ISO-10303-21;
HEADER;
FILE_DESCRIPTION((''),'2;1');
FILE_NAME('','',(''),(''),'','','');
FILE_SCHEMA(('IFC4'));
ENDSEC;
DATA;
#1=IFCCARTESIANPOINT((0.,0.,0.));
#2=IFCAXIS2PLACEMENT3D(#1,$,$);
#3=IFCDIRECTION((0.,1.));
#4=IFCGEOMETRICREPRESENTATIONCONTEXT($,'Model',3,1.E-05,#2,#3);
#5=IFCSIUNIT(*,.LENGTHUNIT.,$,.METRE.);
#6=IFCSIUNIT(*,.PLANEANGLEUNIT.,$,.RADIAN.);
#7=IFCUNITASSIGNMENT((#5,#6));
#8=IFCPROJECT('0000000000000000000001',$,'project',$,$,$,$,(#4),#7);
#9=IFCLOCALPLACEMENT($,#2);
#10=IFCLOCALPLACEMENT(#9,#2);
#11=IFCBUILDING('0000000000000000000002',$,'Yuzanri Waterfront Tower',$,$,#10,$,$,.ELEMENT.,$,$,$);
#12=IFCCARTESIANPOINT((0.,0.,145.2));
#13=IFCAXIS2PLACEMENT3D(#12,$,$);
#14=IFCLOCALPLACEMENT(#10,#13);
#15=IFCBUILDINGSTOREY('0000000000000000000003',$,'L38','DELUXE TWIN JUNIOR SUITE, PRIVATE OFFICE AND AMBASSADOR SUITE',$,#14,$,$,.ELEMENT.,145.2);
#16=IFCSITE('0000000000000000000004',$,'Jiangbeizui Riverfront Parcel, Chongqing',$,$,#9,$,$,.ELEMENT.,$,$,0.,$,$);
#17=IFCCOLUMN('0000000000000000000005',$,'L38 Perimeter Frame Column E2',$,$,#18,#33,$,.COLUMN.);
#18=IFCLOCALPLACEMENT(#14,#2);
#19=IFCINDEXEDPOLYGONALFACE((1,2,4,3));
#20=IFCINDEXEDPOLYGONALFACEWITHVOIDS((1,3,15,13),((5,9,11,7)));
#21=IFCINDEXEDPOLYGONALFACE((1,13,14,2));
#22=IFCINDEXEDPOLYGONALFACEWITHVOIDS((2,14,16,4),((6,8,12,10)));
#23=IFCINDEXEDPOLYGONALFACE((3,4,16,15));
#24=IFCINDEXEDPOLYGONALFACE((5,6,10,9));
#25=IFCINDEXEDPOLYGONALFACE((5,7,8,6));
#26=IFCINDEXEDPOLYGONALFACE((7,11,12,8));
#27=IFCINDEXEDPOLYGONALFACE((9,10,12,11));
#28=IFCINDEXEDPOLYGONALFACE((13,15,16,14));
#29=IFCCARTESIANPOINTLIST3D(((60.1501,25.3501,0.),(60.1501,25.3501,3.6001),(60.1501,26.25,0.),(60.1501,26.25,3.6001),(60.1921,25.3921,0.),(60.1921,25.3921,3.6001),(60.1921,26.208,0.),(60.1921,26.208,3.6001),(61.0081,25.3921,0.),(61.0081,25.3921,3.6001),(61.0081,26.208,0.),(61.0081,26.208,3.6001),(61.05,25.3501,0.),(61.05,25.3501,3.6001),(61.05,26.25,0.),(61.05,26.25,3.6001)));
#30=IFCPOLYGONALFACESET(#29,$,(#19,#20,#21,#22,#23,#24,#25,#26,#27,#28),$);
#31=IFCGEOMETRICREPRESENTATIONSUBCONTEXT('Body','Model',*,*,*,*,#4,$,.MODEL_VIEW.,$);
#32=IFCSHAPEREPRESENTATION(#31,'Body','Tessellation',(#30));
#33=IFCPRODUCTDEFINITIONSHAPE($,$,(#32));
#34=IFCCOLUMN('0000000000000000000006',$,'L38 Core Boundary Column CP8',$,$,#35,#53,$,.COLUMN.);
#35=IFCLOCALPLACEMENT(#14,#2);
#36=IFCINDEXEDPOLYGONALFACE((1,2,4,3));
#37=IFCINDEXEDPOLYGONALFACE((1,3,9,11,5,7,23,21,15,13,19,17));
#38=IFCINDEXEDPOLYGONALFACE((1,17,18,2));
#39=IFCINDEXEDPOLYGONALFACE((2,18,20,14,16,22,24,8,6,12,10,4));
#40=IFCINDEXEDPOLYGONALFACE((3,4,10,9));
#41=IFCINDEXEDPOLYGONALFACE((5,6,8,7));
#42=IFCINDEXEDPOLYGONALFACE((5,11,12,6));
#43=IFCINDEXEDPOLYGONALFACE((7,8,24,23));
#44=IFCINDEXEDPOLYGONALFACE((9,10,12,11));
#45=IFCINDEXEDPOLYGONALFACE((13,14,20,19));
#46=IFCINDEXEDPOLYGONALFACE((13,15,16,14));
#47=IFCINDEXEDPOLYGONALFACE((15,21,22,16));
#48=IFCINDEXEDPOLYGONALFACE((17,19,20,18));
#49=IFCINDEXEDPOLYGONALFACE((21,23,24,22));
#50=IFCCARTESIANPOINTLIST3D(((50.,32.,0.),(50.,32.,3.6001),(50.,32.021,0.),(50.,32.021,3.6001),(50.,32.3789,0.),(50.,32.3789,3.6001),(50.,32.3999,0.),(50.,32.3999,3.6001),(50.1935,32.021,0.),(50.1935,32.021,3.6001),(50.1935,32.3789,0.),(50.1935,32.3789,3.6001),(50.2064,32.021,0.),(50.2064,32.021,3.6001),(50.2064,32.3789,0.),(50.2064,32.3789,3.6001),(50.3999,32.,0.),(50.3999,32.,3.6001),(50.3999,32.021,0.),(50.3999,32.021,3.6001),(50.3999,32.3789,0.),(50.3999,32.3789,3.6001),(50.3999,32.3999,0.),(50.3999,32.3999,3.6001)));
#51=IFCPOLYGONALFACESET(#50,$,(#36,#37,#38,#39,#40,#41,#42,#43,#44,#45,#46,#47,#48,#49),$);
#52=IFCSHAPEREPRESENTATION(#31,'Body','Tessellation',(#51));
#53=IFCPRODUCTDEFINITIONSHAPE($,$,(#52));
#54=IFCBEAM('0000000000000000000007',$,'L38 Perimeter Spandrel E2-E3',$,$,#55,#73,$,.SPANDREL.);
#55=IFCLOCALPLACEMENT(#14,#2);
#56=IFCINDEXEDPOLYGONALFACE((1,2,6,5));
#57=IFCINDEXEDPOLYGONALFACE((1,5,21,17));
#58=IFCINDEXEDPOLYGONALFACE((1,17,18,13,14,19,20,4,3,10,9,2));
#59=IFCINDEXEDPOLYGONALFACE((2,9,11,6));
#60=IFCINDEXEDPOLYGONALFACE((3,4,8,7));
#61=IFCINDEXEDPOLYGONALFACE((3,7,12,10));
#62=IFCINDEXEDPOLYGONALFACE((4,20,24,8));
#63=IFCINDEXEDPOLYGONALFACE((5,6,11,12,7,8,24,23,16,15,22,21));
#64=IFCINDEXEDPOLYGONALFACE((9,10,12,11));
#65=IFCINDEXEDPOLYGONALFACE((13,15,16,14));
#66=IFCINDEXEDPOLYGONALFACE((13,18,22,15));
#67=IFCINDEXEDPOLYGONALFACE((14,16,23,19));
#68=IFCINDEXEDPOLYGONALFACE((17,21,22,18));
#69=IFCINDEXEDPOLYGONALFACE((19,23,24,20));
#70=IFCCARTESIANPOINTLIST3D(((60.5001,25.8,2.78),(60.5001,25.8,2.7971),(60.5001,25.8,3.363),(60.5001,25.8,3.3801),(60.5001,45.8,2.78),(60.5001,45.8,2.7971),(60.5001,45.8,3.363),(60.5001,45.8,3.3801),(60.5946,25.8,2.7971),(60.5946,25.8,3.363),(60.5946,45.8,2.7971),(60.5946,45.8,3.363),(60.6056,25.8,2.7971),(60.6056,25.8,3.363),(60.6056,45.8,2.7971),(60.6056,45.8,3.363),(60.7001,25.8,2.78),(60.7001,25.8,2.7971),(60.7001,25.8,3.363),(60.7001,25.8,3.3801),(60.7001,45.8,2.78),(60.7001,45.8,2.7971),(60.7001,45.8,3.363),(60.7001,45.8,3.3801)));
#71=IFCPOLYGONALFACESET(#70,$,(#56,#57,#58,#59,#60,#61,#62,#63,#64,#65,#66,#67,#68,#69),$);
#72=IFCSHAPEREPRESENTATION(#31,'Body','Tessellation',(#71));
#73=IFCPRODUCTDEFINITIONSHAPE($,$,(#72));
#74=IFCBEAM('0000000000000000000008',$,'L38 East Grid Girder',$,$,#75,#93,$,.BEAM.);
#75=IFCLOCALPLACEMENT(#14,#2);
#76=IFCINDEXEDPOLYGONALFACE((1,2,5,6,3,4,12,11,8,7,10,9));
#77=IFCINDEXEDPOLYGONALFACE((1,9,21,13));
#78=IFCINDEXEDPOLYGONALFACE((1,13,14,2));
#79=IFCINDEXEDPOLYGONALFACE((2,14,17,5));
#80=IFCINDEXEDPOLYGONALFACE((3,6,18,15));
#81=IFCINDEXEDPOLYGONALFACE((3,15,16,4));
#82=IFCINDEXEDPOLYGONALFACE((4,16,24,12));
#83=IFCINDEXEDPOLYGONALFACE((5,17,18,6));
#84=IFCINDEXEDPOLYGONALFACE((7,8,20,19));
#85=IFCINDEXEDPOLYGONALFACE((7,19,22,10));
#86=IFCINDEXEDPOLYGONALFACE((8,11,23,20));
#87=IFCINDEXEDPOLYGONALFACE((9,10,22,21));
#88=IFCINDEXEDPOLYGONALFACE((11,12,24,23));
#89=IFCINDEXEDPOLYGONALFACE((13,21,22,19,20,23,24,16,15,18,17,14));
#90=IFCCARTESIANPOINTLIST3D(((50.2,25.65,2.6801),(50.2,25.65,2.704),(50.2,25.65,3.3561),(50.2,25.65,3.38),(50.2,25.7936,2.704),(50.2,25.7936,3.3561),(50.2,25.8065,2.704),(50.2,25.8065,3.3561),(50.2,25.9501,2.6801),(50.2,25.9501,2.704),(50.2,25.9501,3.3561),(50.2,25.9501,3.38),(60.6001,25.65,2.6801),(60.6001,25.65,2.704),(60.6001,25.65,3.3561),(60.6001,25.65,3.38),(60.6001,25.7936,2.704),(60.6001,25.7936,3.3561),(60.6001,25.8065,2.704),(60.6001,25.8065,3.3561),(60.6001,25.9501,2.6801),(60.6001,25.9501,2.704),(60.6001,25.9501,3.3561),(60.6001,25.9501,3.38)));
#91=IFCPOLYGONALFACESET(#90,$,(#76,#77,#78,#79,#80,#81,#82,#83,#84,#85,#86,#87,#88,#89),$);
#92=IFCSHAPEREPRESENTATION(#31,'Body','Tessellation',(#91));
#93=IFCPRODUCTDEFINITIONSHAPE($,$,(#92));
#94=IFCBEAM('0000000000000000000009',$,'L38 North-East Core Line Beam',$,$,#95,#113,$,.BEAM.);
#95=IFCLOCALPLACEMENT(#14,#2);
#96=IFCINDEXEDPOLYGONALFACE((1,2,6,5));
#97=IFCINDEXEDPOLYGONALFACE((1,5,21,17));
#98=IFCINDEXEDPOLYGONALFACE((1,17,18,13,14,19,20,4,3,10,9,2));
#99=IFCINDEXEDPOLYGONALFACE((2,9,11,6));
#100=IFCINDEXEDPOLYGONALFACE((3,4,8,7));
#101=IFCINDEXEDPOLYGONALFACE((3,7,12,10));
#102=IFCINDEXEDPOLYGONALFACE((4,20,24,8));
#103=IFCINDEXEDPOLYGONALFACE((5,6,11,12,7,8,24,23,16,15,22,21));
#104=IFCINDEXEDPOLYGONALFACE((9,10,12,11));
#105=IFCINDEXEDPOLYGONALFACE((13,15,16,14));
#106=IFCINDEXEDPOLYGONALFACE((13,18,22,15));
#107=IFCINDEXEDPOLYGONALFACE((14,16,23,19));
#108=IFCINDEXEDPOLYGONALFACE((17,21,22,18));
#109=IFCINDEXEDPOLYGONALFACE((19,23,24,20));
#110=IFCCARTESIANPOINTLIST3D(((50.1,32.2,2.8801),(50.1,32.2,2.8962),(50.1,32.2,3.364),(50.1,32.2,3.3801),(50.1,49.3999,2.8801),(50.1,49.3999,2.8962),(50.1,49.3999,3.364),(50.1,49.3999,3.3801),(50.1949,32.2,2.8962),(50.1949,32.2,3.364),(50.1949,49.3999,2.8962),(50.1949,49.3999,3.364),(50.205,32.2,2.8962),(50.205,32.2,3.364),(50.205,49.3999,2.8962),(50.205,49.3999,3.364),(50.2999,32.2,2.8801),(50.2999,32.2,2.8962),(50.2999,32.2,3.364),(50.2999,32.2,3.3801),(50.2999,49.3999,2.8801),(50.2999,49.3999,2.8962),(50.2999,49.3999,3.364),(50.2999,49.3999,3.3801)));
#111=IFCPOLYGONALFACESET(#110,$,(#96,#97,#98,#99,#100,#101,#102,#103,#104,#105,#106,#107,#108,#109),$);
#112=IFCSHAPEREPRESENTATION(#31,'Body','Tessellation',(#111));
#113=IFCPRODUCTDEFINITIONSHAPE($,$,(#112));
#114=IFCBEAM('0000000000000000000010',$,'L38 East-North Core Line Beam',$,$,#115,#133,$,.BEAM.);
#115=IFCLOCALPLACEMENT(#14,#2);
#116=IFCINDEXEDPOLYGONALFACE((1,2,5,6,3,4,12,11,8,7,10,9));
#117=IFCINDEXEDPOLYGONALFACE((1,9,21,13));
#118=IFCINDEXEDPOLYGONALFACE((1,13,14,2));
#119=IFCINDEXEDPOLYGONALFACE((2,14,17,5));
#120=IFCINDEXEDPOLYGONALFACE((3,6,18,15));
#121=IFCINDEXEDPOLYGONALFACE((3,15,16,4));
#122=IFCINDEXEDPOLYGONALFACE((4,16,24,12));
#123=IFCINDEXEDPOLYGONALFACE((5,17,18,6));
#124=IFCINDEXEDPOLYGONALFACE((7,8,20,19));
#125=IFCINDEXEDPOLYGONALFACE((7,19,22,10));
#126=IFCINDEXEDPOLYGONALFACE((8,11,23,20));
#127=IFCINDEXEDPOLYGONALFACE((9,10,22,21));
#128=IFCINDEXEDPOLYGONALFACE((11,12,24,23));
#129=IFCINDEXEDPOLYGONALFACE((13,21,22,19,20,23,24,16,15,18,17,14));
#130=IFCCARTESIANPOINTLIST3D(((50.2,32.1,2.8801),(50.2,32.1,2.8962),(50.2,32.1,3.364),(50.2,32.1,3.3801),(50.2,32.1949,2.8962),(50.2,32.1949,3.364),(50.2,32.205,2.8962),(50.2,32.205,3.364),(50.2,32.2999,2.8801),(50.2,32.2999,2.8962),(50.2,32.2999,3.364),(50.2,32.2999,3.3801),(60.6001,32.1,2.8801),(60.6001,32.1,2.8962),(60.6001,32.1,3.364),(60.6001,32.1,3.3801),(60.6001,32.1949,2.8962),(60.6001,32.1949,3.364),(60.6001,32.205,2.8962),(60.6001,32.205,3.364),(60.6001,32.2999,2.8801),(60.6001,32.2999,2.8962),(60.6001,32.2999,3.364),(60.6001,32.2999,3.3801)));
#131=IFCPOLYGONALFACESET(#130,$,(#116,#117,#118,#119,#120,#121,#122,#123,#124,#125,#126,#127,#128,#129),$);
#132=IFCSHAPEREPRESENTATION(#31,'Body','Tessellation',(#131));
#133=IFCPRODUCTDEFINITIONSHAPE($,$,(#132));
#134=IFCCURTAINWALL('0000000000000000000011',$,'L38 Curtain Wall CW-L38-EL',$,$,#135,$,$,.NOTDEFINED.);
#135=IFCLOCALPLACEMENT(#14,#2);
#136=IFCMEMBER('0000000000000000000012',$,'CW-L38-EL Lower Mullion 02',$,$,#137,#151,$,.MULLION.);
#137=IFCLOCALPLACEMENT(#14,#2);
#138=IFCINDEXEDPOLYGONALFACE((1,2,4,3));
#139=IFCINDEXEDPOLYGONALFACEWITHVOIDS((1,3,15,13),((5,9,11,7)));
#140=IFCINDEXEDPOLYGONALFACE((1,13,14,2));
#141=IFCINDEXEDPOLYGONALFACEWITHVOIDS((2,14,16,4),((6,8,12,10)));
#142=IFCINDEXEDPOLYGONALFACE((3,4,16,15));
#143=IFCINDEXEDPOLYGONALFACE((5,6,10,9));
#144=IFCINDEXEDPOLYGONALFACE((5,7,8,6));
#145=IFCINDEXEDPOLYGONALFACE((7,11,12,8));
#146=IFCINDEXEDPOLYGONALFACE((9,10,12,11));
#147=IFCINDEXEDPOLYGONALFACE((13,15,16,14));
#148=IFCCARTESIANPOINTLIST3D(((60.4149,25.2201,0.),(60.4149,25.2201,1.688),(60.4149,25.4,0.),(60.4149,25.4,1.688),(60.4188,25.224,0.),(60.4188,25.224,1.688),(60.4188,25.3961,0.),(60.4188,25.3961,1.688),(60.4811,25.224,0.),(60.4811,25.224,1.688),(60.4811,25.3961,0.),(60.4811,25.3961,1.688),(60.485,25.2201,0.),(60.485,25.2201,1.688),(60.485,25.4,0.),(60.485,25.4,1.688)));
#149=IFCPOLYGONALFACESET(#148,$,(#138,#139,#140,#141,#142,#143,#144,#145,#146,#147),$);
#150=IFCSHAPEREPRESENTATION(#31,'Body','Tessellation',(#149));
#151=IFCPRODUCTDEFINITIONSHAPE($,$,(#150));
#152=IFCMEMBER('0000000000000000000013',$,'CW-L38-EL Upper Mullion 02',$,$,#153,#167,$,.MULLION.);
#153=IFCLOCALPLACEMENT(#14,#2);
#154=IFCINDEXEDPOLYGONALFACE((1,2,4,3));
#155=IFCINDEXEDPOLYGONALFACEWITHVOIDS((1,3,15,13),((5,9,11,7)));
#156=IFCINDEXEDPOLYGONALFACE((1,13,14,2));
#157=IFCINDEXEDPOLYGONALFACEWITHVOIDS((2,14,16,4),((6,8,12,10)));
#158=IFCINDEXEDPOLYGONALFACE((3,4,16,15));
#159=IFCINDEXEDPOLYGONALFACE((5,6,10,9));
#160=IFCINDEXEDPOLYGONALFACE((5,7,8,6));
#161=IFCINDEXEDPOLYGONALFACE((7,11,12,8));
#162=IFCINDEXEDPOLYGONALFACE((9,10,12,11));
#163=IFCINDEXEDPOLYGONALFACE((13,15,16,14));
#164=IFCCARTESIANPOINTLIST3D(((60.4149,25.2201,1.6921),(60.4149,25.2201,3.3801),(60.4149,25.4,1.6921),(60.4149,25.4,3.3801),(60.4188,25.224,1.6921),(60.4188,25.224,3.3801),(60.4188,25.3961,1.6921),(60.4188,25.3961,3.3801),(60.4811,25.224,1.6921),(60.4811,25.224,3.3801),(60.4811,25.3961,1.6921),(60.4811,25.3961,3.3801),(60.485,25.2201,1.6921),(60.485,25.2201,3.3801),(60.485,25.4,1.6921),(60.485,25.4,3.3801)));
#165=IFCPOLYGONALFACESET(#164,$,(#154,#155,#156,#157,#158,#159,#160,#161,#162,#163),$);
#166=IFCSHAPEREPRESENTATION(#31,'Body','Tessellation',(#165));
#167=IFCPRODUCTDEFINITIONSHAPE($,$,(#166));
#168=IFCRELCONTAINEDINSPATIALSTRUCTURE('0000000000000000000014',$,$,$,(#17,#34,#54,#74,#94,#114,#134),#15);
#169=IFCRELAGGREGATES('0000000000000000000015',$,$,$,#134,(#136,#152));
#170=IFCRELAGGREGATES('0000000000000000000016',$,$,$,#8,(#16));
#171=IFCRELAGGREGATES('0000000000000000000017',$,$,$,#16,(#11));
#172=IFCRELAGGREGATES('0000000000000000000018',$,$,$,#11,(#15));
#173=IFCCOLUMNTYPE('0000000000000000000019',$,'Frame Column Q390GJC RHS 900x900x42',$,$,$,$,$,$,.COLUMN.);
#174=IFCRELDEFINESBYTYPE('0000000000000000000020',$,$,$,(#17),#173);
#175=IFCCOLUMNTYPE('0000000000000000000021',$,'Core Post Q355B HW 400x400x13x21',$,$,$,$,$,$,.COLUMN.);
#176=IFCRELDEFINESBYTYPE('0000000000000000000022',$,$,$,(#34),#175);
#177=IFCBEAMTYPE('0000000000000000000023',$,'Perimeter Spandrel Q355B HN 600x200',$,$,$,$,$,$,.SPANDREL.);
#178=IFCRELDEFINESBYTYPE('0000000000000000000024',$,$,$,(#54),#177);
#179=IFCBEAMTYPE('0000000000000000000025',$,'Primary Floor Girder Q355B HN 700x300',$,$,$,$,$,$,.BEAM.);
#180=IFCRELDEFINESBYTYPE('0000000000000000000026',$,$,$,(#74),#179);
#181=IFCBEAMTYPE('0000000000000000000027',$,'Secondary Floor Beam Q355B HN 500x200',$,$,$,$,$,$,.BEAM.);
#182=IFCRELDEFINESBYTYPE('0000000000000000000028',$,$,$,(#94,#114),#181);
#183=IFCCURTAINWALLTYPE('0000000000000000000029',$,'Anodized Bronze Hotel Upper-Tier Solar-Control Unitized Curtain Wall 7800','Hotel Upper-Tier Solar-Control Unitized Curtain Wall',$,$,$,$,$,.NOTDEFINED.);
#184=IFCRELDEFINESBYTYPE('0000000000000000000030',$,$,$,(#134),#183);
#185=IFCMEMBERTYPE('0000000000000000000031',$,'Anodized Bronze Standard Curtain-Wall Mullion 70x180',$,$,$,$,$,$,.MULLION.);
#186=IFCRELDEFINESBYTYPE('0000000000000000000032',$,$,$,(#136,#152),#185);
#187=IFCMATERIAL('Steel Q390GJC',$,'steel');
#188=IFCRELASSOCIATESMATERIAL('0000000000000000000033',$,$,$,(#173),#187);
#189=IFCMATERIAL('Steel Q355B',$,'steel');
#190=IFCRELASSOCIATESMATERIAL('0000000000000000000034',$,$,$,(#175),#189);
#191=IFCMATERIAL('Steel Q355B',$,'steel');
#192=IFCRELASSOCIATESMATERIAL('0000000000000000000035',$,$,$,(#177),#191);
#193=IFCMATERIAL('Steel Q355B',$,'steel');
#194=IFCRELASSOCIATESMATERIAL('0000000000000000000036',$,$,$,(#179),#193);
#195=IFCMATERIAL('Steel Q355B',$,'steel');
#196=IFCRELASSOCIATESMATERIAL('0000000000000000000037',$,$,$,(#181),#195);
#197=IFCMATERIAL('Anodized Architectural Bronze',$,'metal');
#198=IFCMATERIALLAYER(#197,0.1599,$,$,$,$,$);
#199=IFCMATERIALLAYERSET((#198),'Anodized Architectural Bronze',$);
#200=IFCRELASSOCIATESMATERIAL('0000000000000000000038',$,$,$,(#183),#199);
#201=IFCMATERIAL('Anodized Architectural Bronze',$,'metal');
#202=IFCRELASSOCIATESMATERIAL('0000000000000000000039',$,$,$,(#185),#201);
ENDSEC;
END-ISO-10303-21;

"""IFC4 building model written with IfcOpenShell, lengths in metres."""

from ifc_helpers import new_model, si_unit, direction, frame, origin, origin_2d, place, context, subcontext, project, spatial, hollow_rectangle, i_section, extrude, source, transform, mapped, material, layer, layer_set, material_profile, profile_set, type_object, element, aggregate, save


model = new_model("IFC4")

# Units and contexts
model_context = context("Model", 3, precision=1e-05, world=origin(), true_north=direction((0.0, 1.0)))
body_context = subcontext(model_context, "Body", "Model", "MODEL_VIEW")
ifc_project = project(units=[si_unit("LENGTHUNIT", "METRE"), si_unit("PLANEANGLEUNIT", "RADIAN")], contexts=[model_context])

# Site, building, storey
site_placement = place(None, origin())
site = spatial("IfcSite", under=ifc_project, at=site_placement, Name="Jiangbeizui Riverfront Parcel, Chongqing", CompositionType="ELEMENT", RefElevation=0.0)
building_placement = place(site_placement, origin())
building = spatial("IfcBuilding", under=site, at=building_placement, Name="Yuzanri Waterfront Tower", CompositionType="ELEMENT")
storey_placement = place(building_placement, frame((0.0, 0.0, 145.2)))
storey = spatial("IfcBuildingStorey", under=building, at=storey_placement, Name="L38", Description="DELUXE TWIN JUNIOR SUITE, PRIVATE OFFICE AND AMBASSADOR SUITE", CompositionType="ELEMENT", Elevation=145.2)

# Columns
ifc_material_1 = material(Name="Steel Q390GJC", Category="steel")
ifc_material_profile_1 = material_profile(ifc_material_1, hollow_rectangle(XDim=0.8999, YDim=0.8999, WallThickness=0.042, at=origin_2d()), Name="RHS 900x900x42")
ifc_profile_set_1 = profile_set([ifc_material_profile_1], Name="Steel Q390GJC")
column_type_1 = type_object("IfcColumnType", Name="Frame Column Q390GJC RHS 900x900x42", PredefinedType="COLUMN", material=ifc_profile_set_1)
shared_shape_1 = source(origin(), body_context, "Body", "SweptSolid", [
    extrude(hollow_rectangle(XDim=0.8999, YDim=0.8999, WallThickness=0.042, at=origin_2d()), origin(), (0.0, 0.0, 1.0), 3.6001),
])
column_1_placement = place(storey_placement, frame((60.6001, 25.8, 0.0), z_axis=(0.0, 0.0, 1.0), x_axis=(1.0, 0.0, 0.0)))
element("IfcColumn", 1, at=column_1_placement, inside=storey, type_object=column_type_1, Name="L38 Perimeter Frame Column E2", PredefinedType="COLUMN", context=body_context, shape_type="MappedRepresentation", body=[
    mapped(shared_shape_1, transform((0.0, 0.0, 0.0), scale=1.0)),
])
ifc_material_2 = material(Name="Steel Q355B", Category="steel")
ifc_material_profile_2 = material_profile(ifc_material_2, i_section(OverallWidth=0.3999, OverallDepth=0.3999, WebThickness=0.0129, FlangeThickness=0.021, at=origin_2d()), Name="HW 400x400x13x21")
ifc_profile_set_2 = profile_set([ifc_material_profile_2], Name="Steel Q355B")
column_type_2 = type_object("IfcColumnType", Name="Core Post Q355B HW 400x400x13x21", PredefinedType="COLUMN", material=ifc_profile_set_2)
shared_shape_2 = source(origin(), body_context, "Body", "SweptSolid", [
    extrude(i_section(OverallWidth=0.3999, OverallDepth=0.3999, WebThickness=0.0129, FlangeThickness=0.021, at=origin_2d()), origin(), (0.0, 0.0, 1.0), 3.6001),
])
column_2_placement = place(storey_placement, frame((50.2, 32.2, 0.0), z_axis=(0.0, 0.0, 1.0), x_axis=(1.0, 0.0, 0.0)))
element("IfcColumn", 2, at=column_2_placement, inside=storey, type_object=column_type_2, Name="L38 Core Boundary Column CP8", PredefinedType="COLUMN", context=body_context, shape_type="MappedRepresentation", body=[
    mapped(shared_shape_2, transform((0.0, 0.0, 0.0), scale=1.0)),
])

# Beams
ifc_material_3 = material(Name="Steel Q355B", Category="steel")
ifc_material_profile_3 = material_profile(ifc_material_3, i_section(OverallWidth=0.2, OverallDepth=0.6001, WebThickness=0.011, FlangeThickness=0.0171, at=origin_2d()), Name="HN 600x200x11x17")
ifc_profile_set_3 = profile_set([ifc_material_profile_3], Name="Steel Q355B")
beam_type_1 = type_object("IfcBeamType", Name="Perimeter Spandrel Q355B HN 600x200", PredefinedType="SPANDREL", material=ifc_profile_set_3)
shared_shape_3 = source(origin(), body_context, "Body", "SweptSolid", [
    extrude(i_section(OverallWidth=0.2, OverallDepth=0.6001, WebThickness=0.011, FlangeThickness=0.0171, at=origin_2d()), origin(), (0.0, 0.0, 1.0), 20.0),
])
beam_1_placement = place(storey_placement, frame((60.6001, 25.8, 3.0801), z_axis=(0.0, 1.0, 0.0), x_axis=(-1.0, 0.0, 0.0)))
element("IfcBeam", 3, at=beam_1_placement, inside=storey, type_object=beam_type_1, Name="L38 Perimeter Spandrel E2-E3", PredefinedType="SPANDREL", context=body_context, shape_type="MappedRepresentation", body=[
    mapped(shared_shape_3, transform((0.0, 0.0, 0.0), scale=1.0)),
])
ifc_material_4 = material(Name="Steel Q355B", Category="steel")
ifc_material_profile_4 = material_profile(ifc_material_4, i_section(OverallWidth=0.3, OverallDepth=0.7, WebThickness=0.0129, FlangeThickness=0.0239, at=origin_2d()), Name="HN 700x300x13x24")
ifc_profile_set_4 = profile_set([ifc_material_profile_4], Name="Steel Q355B")
beam_type_2 = type_object("IfcBeamType", Name="Primary Floor Girder Q355B HN 700x300", PredefinedType="BEAM", material=ifc_profile_set_4)
shared_shape_4 = source(origin(), body_context, "Body", "SweptSolid", [
    extrude(i_section(OverallWidth=0.3, OverallDepth=0.7, WebThickness=0.0129, FlangeThickness=0.0239, at=origin_2d()), origin(), (0.0, 0.0, 1.0), 10.4001),
])
beam_2_placement = place(storey_placement, frame((50.2, 25.8, 3.03), z_axis=(1.0, 0.0, 0.0), x_axis=(0.0, 1.0, 0.0)))
element("IfcBeam", 4, at=beam_2_placement, inside=storey, type_object=beam_type_2, Name="L38 East Grid Girder", PredefinedType="BEAM", context=body_context, shape_type="MappedRepresentation", body=[
    mapped(shared_shape_4, transform((0.0, 0.0, 0.0), scale=1.0)),
])
ifc_material_5 = material(Name="Steel Q355B", Category="steel")
ifc_material_profile_5 = material_profile(ifc_material_5, i_section(OverallWidth=0.2, OverallDepth=0.5, WebThickness=0.01, FlangeThickness=0.0161, at=origin_2d()), Name="HN 500x200x10x16")
ifc_profile_set_5 = profile_set([ifc_material_profile_5], Name="Steel Q355B")
beam_type_3 = type_object("IfcBeamType", Name="Secondary Floor Beam Q355B HN 500x200", PredefinedType="BEAM", material=ifc_profile_set_5)
shared_shape_5 = source(origin(), body_context, "Body", "SweptSolid", [
    extrude(i_section(OverallWidth=0.2, OverallDepth=0.5, WebThickness=0.01, FlangeThickness=0.0161, at=origin_2d()), origin(), (0.0, 0.0, 1.0), 17.2),
])
beam_3_placement = place(storey_placement, frame((50.2, 32.2, 3.1301), z_axis=(0.0, 1.0, 0.0), x_axis=(-1.0, 0.0, 0.0)))
element("IfcBeam", 5, at=beam_3_placement, inside=storey, type_object=beam_type_3, Name="L38 North-East Core Line Beam", PredefinedType="BEAM", context=body_context, shape_type="MappedRepresentation", body=[
    mapped(shared_shape_5, transform((0.0, 0.0, 0.0), scale=1.0)),
])
shared_shape_6 = source(origin(), body_context, "Body", "SweptSolid", [
    extrude(i_section(OverallWidth=0.2, OverallDepth=0.5, WebThickness=0.01, FlangeThickness=0.0161, at=origin_2d()), origin(), (0.0, 0.0, 1.0), 10.4001),
])
beam_4_placement = place(storey_placement, frame((50.2, 32.2, 3.1301), z_axis=(1.0, 0.0, 0.0), x_axis=(0.0, 1.0, 0.0)))
element("IfcBeam", 6, at=beam_4_placement, inside=storey, type_object=beam_type_3, Name="L38 East-North Core Line Beam", PredefinedType="BEAM", context=body_context, shape_type="MappedRepresentation", body=[
    mapped(shared_shape_6, transform((0.0, 0.0, 0.0), scale=1.0)),
])

# Curtain wall, members
ifc_material_6 = material(Name="Anodized Architectural Bronze", Category="metal")
ifc_layer_1 = layer(ifc_material_6, 0.1599)
ifc_layer_set_1 = layer_set([ifc_layer_1], Name="Anodized Architectural Bronze")
curtain_wall_type = type_object("IfcCurtainWallType", Name="Anodized Bronze Hotel Upper-Tier Solar-Control Unitized Curtain Wall 7800", Description="Hotel Upper-Tier Solar-Control Unitized Curtain Wall", PredefinedType="NOTDEFINED", material=ifc_layer_set_1)
curtain_wall_1_placement = place(storey_placement, origin())
curtain_wall_1 = element("IfcCurtainWall", 7, at=curtain_wall_1_placement, inside=storey, type_object=curtain_wall_type, Name="L38 Curtain Wall CW-L38-EL", PredefinedType="NOTDEFINED")
ifc_material_7 = material(Name="Anodized Architectural Bronze", Category="metal")
ifc_material_profile_6 = material_profile(ifc_material_7, hollow_rectangle(XDim=0.0701, YDim=0.1799, WallThickness=0.0039, at=origin_2d()), Name="CWM 70x180")
ifc_profile_set_6 = profile_set([ifc_material_profile_6], Name="Anodized Architectural Bronze")
member_type_1 = type_object("IfcMemberType", Name="Anodized Bronze Standard Curtain-Wall Mullion 70x180", PredefinedType="MULLION", material=ifc_profile_set_6)
shared_shape_7 = source(origin(), body_context, "Body", "SweptSolid", [
    extrude(hollow_rectangle(XDim=0.0701, YDim=0.1799, WallThickness=0.0039, at=origin_2d()), origin(), (0.0, 0.0, 1.0), 1.688),
])
member_1_placement = place(storey_placement, frame((60.45, 25.3101, 0.0), z_axis=(0.0, 0.0, 1.0), x_axis=(1.0, 0.0, 0.0)))
member_1 = element("IfcMember", 8, at=member_1_placement, type_object=member_type_1, Name="CW-L38-EL Lower Mullion 02", PredefinedType="MULLION", context=body_context, shape_type="MappedRepresentation", body=[
    mapped(shared_shape_7, transform((0.0, 0.0, 0.0), scale=1.0)),
])
member_2_placement = place(storey_placement, frame((60.45, 25.3101, 1.6921), z_axis=(0.0, 0.0, 1.0), x_axis=(1.0, 0.0, 0.0)))
member_2 = element("IfcMember", 9, at=member_2_placement, type_object=member_type_1, Name="CW-L38-EL Upper Mullion 02", PredefinedType="MULLION", context=body_context, shape_type="MappedRepresentation", body=[
    mapped(shared_shape_7, transform((0.0, 0.0, 0.0), scale=1.0)),
])
aggregate(curtain_wall_1, [member_1, member_2])

save(model, "model.ifc")
